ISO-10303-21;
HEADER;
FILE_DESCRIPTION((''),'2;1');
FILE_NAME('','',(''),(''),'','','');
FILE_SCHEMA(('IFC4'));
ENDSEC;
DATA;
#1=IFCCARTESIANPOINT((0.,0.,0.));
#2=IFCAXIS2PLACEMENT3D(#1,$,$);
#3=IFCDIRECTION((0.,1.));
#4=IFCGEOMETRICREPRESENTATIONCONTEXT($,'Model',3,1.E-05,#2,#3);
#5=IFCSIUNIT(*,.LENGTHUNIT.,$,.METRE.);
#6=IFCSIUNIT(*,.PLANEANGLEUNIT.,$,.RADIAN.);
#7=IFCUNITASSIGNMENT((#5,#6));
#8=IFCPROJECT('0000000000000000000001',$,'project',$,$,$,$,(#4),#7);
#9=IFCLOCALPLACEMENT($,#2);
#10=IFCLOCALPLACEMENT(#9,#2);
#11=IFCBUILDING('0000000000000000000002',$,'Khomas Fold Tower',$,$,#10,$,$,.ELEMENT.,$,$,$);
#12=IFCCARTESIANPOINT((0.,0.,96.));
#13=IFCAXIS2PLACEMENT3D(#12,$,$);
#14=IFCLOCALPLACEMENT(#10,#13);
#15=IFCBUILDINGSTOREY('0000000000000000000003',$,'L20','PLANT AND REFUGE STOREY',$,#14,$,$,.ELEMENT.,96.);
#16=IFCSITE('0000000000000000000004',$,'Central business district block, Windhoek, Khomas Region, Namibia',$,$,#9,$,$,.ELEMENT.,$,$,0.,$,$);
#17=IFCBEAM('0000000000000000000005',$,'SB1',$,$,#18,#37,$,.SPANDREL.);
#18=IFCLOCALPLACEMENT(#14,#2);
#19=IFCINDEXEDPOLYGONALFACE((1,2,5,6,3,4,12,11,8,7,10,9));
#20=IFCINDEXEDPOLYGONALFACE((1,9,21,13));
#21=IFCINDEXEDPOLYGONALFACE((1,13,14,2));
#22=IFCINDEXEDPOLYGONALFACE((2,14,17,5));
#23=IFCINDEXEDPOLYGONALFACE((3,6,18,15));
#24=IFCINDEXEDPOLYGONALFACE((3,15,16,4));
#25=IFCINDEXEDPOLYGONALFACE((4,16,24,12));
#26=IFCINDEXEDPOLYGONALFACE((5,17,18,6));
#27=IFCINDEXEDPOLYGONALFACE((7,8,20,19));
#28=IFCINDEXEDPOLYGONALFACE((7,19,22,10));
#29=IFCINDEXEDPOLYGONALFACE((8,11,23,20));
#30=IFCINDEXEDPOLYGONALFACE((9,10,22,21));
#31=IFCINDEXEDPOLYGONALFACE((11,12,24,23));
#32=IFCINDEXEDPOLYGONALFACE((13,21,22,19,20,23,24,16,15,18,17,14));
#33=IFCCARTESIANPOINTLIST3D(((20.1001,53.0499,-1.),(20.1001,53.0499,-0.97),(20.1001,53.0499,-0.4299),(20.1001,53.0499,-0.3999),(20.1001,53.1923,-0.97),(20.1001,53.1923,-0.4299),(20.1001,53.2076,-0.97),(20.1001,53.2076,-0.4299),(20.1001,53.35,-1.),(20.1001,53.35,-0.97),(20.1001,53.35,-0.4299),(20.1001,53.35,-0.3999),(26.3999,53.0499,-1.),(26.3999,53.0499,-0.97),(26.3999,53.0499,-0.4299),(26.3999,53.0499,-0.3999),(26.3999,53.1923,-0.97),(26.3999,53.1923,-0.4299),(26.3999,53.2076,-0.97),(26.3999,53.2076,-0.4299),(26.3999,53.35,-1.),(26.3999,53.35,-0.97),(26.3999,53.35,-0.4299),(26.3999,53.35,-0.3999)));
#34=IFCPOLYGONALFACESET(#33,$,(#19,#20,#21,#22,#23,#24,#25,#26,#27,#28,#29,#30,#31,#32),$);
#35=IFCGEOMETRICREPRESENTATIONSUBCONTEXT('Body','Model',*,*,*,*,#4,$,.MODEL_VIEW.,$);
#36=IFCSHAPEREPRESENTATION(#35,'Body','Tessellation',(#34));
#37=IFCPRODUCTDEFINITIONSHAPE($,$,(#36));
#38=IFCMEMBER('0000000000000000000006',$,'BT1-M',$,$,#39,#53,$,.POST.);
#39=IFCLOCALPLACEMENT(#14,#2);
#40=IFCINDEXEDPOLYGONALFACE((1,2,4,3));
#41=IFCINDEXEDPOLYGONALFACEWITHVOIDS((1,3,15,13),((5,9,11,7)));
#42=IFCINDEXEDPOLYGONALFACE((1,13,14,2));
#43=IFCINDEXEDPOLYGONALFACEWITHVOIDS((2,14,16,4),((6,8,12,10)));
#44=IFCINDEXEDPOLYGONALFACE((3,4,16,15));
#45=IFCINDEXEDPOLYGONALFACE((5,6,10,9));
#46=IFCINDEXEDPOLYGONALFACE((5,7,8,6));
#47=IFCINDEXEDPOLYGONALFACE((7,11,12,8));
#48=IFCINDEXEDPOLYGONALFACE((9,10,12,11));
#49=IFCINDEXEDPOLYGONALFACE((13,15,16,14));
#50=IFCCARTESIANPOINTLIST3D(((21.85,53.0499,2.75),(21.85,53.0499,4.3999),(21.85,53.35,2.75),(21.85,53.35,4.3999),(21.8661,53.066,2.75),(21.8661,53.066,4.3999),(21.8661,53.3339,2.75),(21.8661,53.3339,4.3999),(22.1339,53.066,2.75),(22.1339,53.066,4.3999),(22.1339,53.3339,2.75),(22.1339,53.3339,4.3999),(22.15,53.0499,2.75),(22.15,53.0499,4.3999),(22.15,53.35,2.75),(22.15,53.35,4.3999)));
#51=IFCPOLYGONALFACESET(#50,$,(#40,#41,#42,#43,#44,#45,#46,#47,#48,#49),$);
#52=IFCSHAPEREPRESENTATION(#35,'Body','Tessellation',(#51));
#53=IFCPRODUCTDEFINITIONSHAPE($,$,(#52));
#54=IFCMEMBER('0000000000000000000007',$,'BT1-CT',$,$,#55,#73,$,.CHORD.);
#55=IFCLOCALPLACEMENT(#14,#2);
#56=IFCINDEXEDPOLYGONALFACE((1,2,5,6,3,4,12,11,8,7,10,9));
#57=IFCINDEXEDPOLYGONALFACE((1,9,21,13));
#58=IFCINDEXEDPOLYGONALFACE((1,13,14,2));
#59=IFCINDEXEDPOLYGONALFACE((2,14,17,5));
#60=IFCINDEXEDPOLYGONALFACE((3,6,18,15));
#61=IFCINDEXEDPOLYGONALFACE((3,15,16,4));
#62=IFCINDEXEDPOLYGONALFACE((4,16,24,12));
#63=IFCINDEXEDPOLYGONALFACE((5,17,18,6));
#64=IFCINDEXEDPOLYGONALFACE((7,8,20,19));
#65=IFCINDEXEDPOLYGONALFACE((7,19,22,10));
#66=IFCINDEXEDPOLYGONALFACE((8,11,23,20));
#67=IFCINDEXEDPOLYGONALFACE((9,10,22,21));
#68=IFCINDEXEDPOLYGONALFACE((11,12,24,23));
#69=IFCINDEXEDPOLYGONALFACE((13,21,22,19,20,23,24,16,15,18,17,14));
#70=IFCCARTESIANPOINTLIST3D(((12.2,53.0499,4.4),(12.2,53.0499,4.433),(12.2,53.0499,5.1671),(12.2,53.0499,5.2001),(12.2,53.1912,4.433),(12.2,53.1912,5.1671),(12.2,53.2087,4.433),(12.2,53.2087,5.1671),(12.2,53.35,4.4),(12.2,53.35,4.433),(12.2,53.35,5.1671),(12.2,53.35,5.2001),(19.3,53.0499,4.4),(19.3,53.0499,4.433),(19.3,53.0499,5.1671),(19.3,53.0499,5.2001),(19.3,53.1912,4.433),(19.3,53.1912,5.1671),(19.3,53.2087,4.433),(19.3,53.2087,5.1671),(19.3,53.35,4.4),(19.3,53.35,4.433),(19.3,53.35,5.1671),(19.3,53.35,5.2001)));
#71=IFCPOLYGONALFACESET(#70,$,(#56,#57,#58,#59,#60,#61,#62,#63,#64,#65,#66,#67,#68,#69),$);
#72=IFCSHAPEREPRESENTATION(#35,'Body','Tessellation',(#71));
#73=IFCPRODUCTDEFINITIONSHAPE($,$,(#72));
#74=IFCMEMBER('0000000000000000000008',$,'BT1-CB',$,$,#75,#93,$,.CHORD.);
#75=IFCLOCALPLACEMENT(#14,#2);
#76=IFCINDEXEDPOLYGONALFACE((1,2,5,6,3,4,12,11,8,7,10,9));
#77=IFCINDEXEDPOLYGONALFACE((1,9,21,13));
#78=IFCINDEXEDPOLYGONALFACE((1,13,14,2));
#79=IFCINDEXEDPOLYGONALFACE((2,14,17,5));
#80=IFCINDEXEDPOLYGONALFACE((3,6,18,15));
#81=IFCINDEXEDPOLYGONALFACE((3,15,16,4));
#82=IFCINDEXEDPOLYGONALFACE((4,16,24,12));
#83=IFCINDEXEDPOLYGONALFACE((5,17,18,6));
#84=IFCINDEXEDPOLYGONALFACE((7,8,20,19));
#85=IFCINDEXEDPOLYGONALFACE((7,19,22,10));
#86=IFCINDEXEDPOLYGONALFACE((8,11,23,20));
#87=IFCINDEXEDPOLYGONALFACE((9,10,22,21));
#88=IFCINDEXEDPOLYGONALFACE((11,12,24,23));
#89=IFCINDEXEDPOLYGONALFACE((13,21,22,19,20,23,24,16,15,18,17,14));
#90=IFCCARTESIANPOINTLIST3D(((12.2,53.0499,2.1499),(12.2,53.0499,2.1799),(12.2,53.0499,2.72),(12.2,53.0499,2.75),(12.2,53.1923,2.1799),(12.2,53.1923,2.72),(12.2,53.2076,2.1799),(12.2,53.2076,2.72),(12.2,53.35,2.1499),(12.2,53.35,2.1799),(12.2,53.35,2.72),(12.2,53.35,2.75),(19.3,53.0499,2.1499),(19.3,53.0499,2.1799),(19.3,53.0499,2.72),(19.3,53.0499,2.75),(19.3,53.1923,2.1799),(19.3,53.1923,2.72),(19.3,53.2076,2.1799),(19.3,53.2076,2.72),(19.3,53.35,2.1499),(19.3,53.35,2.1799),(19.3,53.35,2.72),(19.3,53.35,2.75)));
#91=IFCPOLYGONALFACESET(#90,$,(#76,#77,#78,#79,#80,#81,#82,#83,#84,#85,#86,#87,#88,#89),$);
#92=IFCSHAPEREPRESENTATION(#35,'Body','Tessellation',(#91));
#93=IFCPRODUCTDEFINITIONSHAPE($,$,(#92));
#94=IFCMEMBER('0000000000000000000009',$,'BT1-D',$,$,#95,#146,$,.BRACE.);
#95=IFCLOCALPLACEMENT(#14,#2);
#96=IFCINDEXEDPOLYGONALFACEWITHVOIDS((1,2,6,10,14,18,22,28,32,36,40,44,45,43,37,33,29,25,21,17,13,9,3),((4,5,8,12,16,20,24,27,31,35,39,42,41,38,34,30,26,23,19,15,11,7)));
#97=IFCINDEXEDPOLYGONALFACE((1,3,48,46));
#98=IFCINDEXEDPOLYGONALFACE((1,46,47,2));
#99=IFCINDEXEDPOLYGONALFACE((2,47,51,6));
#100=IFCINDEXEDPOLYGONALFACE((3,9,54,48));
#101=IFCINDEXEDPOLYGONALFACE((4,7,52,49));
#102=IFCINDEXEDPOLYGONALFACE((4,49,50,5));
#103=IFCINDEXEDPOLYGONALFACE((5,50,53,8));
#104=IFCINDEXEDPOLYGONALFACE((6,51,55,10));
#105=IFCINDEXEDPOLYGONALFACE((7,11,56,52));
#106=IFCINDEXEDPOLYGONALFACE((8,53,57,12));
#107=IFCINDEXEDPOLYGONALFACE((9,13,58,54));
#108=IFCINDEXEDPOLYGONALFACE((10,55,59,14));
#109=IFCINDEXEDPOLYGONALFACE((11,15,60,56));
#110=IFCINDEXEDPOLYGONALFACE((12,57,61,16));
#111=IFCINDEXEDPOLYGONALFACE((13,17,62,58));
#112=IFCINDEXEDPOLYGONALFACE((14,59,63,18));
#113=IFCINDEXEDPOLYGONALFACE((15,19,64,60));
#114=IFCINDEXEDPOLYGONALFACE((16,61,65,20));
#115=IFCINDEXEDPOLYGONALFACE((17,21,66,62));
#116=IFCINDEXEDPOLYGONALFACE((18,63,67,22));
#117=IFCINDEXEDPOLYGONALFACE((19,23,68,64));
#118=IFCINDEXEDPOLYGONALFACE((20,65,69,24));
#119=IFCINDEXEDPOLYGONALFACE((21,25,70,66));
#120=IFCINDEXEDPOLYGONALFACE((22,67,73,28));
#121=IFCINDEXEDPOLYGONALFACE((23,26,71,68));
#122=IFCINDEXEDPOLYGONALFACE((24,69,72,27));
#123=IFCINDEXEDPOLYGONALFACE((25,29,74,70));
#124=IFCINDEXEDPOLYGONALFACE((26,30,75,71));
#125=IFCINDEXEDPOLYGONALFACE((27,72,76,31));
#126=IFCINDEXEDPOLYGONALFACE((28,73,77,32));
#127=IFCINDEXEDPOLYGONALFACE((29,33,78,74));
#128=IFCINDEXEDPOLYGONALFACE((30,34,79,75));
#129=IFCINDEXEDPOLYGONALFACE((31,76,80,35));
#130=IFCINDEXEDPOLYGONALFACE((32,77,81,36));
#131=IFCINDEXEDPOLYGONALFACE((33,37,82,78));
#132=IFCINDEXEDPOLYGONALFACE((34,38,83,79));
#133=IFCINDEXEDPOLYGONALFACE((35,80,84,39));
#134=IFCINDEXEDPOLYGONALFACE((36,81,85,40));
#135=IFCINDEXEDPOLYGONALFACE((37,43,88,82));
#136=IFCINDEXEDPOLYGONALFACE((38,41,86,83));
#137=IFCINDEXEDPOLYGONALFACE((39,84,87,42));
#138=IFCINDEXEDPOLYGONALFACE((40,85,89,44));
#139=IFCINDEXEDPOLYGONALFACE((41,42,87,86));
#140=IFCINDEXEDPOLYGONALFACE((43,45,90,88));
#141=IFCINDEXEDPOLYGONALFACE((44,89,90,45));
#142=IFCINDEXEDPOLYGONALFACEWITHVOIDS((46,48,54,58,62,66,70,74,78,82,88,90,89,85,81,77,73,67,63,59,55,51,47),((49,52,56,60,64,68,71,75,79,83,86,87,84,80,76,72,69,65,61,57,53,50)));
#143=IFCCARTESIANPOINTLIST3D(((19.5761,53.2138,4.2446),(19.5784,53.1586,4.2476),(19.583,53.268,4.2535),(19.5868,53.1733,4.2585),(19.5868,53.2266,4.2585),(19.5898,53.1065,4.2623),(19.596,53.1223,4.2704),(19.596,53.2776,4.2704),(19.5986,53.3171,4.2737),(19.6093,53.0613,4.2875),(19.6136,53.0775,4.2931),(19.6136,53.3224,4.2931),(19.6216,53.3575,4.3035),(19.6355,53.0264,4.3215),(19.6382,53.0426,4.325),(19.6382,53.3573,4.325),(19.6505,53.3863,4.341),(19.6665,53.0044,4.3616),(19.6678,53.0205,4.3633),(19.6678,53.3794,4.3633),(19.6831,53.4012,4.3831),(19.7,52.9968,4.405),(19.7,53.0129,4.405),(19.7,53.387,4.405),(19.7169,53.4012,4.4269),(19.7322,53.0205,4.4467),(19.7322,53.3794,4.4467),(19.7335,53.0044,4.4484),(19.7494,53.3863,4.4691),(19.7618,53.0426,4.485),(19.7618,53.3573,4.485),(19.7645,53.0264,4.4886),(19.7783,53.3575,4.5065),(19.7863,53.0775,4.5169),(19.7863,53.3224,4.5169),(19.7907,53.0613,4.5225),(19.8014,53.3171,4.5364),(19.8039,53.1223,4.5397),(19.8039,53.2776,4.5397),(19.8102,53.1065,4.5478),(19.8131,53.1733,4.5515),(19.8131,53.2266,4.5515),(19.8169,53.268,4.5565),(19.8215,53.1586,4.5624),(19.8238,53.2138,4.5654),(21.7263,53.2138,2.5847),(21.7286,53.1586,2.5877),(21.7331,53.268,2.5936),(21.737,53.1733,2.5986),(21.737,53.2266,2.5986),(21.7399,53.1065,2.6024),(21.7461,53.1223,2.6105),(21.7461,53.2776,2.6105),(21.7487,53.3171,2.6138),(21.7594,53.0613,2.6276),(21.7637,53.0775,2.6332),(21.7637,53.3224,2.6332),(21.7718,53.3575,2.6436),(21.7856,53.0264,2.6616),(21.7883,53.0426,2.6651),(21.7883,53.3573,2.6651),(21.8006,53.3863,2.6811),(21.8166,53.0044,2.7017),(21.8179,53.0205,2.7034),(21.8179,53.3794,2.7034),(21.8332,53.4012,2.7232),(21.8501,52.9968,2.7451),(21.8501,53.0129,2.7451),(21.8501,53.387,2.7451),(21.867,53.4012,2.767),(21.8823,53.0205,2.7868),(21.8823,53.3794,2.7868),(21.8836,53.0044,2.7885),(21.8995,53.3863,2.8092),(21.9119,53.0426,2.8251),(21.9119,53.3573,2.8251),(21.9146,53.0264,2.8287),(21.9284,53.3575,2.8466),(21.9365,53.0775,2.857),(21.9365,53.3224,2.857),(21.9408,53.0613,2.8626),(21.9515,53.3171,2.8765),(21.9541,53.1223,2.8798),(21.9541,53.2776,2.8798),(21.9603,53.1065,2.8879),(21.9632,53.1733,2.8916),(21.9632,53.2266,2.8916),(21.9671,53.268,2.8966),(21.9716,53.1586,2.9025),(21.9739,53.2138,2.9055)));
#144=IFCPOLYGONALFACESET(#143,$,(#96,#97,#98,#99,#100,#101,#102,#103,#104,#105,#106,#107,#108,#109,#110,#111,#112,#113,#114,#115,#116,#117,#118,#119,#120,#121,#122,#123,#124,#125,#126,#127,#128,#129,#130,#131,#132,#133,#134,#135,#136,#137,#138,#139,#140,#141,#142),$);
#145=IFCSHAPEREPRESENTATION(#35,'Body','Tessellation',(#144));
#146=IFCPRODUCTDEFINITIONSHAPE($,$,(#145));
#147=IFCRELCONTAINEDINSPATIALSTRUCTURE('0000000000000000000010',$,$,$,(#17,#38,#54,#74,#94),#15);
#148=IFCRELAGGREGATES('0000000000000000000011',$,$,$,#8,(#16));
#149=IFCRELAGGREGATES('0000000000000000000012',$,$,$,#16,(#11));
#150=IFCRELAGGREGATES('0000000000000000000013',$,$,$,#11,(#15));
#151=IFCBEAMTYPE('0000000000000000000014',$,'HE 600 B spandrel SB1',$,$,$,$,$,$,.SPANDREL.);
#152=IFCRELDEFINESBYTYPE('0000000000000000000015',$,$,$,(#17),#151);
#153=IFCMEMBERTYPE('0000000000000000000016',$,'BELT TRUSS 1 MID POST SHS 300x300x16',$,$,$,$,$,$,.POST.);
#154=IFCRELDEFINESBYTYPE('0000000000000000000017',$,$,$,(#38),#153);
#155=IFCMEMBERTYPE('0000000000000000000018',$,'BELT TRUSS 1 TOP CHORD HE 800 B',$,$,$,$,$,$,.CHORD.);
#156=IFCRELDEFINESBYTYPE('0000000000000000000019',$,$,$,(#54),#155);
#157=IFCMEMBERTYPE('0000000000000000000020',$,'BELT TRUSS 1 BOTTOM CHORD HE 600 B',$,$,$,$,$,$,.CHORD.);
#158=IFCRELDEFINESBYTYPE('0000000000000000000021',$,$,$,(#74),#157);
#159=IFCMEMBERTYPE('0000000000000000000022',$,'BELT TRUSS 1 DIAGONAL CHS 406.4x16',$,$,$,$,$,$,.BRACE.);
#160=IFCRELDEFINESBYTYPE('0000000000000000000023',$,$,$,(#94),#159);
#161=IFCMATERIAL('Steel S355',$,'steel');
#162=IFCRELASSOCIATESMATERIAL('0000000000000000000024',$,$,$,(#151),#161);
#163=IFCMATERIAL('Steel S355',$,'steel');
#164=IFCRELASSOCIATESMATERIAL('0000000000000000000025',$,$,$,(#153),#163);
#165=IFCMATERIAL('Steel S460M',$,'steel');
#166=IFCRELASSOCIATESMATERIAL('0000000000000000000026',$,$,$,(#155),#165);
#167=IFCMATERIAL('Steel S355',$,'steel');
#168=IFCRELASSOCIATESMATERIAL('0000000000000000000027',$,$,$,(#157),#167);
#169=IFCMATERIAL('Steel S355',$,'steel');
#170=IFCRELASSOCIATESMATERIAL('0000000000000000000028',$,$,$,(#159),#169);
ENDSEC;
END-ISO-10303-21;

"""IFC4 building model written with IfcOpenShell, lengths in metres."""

from ifc_helpers import new_model, si_unit, direction, frame, origin, origin_2d, place, context, subcontext, project, spatial, hollow_rectangle, hollow_circle, i_section, extrude, source, transform, mapped, material, material_profile, profile_set, type_object, element, save


model = new_model("IFC4")

# Units and contexts
model_context = context("Model", 3, precision=1e-05, world=origin(), true_north=direction((0.0, 1.0)))
body_context = subcontext(model_context, "Body", "Model", "MODEL_VIEW")
ifc_project = project(units=[si_unit("LENGTHUNIT", "METRE"), si_unit("PLANEANGLEUNIT", "RADIAN")], contexts=[model_context])

# Site, building, storey
site_placement = place(None, origin())
site = spatial("IfcSite", under=ifc_project, at=site_placement, Name="Central business district block, Windhoek, Khomas Region, Namibia", CompositionType="ELEMENT", RefElevation=0.0)
building_placement = place(site_placement, origin())
building = spatial("IfcBuilding", under=site, at=building_placement, Name="Khomas Fold Tower", CompositionType="ELEMENT")
storey_placement = place(building_placement, frame((0.0, 0.0, 96.0)))
storey = spatial("IfcBuildingStorey", under=building, at=storey_placement, Name="L20", Description="PLANT AND REFUGE STOREY", CompositionType="ELEMENT", Elevation=96.0)

# Beam
ifc_material_1 = material(Name="Steel S355", Category="steel")
ifc_material_profile_1 = material_profile(ifc_material_1, i_section(OverallWidth=0.3, OverallDepth=0.6001, WebThickness=0.0154, FlangeThickness=0.03, at=origin_2d()), Name="HE 600 B")
ifc_profile_set_1 = profile_set([ifc_material_profile_1], Name="Steel S355")
beam_type = type_object("IfcBeamType", Name="HE 600 B spandrel SB1", PredefinedType="SPANDREL", material=ifc_profile_set_1)
shared_shape_1 = source(origin(), body_context, "Body", "SweptSolid", [
    extrude(i_section(OverallWidth=0.3, OverallDepth=0.6001, WebThickness=0.0154, FlangeThickness=0.03, at=origin_2d()), origin(), (0.0, 0.0, 1.0), 6.2998),
])
beam_placement = place(storey_placement, frame((20.1001, 53.2, -0.7), z_axis=(1.0, 0.0, 0.0), x_axis=(0.0, 1.0, 0.0)))
element("IfcBeam", 1, at=beam_placement, inside=storey, type_object=beam_type, Name="SB1", PredefinedType="SPANDREL", context=body_context, shape_type="MappedRepresentation", body=[
    mapped(shared_shape_1, transform((0.0, 0.0, 0.0))),
])

# Members
ifc_material_2 = material(Name="Steel S355", Category="steel")
ifc_material_profile_2 = material_profile(ifc_material_2, hollow_rectangle(XDim=0.3, YDim=0.3, WallThickness=0.0161, at=origin_2d()), Name="SHS 300x300x16")
ifc_profile_set_2 = profile_set([ifc_material_profile_2], Name="Steel S355")
member_type_1 = type_object("IfcMemberType", Name="BELT TRUSS 1 MID POST SHS 300x300x16", PredefinedType="POST", material=ifc_profile_set_2)
shared_shape_2 = source(origin(), body_context, "Body", "SweptSolid", [
    extrude(hollow_rectangle(XDim=0.3, YDim=0.3, WallThickness=0.0161, at=origin_2d()), origin(), (0.0, 0.0, 1.0), 1.6499),
])
member_1_placement = place(storey_placement, frame((22.0, 53.2, 2.75), z_axis=(0.0, 0.0, 1.0), x_axis=(1.0, 0.0, 0.0)))
element("IfcMember", 2, at=member_1_placement, inside=storey, type_object=member_type_1, Name="BT1-M", PredefinedType="POST", context=body_context, shape_type="MappedRepresentation", body=[
    mapped(shared_shape_2, transform((0.0, 0.0, 0.0))),
])
ifc_material_3 = material(Name="Steel S460M", Category="steel")
ifc_material_profile_3 = material_profile(ifc_material_3, i_section(OverallWidth=0.3, OverallDepth=0.8, WebThickness=0.0176, FlangeThickness=0.033, at=origin_2d()), Name="HE 800 B")
ifc_profile_set_3 = profile_set([ifc_material_profile_3], Name="Steel S460M")
member_type_2 = type_object("IfcMemberType", Name="BELT TRUSS 1 TOP CHORD HE 800 B", PredefinedType="CHORD", material=ifc_profile_set_3)
shared_shape_3 = source(origin(), body_context, "Body", "SweptSolid", [
    extrude(i_section(OverallWidth=0.3, OverallDepth=0.8, WebThickness=0.0176, FlangeThickness=0.033, at=origin_2d()), origin(), (0.0, 0.0, 1.0), 7.1001),
])
member_2_placement = place(storey_placement, frame((19.3, 53.2, 4.8), z_axis=(-1.0, 0.0, 0.0), x_axis=(0.0, -1.0, 0.0)))
element("IfcMember", 3, at=member_2_placement, inside=storey, type_object=member_type_2, Name="BT1-CT", PredefinedType="CHORD", context=body_context, shape_type="MappedRepresentation", body=[
    mapped(shared_shape_3, transform((0.0, 0.0, 0.0))),
])
ifc_material_4 = material(Name="Steel S355", Category="steel")
ifc_material_profile_4 = material_profile(ifc_material_4, i_section(OverallWidth=0.3, OverallDepth=0.6001, WebThickness=0.0154, FlangeThickness=0.03, at=origin_2d()), Name="HE 600 B")
ifc_profile_set_4 = profile_set([ifc_material_profile_4], Name="Steel S355")
member_type_3 = type_object("IfcMemberType", Name="BELT TRUSS 1 BOTTOM CHORD HE 600 B", PredefinedType="CHORD", material=ifc_profile_set_4)
shared_shape_4 = source(origin(), body_context, "Body", "SweptSolid", [
    extrude(i_section(OverallWidth=0.3, OverallDepth=0.6001, WebThickness=0.0154, FlangeThickness=0.03, at=origin_2d()), origin(), (0.0, 0.0, 1.0), 7.1001),
])
member_3_placement = place(storey_placement, frame((19.3, 53.2, 2.45), z_axis=(-1.0, 0.0, 0.0), x_axis=(0.0, -1.0, 0.0)))
element("IfcMember", 4, at=member_3_placement, inside=storey, type_object=member_type_3, Name="BT1-CB", PredefinedType="CHORD", context=body_context, shape_type="MappedRepresentation", body=[
    mapped(shared_shape_4, transform((0.0, 0.0, 0.0))),
])
ifc_material_5 = material(Name="Steel S355", Category="steel")
ifc_material_profile_5 = material_profile(ifc_material_5, hollow_circle(Radius=0.2031, WallThickness=0.0161, at=origin_2d()), Name="CHS 406.4x16")
ifc_profile_set_5 = profile_set([ifc_material_profile_5], Name="Steel S355")
member_type_4 = type_object("IfcMemberType", Name="BELT TRUSS 1 DIAGONAL CHS 406.4x16", PredefinedType="BRACE", material=ifc_profile_set_5)
shared_shape_5 = source(origin(), body_context, "Body", "SweptSolid", [
    extrude(hollow_circle(Radius=0.2031, WallThickness=0.0161, at=origin_2d()), origin(), (0.0, 0.0, 1.0), 2.7163),
])
for number, where, z_axis, x_axis, name in (
    (5, (21.8501, 53.2, 2.7451), (-0.791564, 0.0, 0.611087), (0.0, -1.0, 0.0), "BT1-D"),
):
    element("IfcMember", number, at=place(storey_placement, frame(where, z_axis=z_axis, x_axis=x_axis)), inside=storey, type_object=member_type_4, Name=name, PredefinedType="BRACE", context=body_context, shape_type="MappedRepresentation", body=[
        mapped(shared_shape_5, transform((0.0, 0.0, 0.0))),
    ])

save(model, "model.ifc")
